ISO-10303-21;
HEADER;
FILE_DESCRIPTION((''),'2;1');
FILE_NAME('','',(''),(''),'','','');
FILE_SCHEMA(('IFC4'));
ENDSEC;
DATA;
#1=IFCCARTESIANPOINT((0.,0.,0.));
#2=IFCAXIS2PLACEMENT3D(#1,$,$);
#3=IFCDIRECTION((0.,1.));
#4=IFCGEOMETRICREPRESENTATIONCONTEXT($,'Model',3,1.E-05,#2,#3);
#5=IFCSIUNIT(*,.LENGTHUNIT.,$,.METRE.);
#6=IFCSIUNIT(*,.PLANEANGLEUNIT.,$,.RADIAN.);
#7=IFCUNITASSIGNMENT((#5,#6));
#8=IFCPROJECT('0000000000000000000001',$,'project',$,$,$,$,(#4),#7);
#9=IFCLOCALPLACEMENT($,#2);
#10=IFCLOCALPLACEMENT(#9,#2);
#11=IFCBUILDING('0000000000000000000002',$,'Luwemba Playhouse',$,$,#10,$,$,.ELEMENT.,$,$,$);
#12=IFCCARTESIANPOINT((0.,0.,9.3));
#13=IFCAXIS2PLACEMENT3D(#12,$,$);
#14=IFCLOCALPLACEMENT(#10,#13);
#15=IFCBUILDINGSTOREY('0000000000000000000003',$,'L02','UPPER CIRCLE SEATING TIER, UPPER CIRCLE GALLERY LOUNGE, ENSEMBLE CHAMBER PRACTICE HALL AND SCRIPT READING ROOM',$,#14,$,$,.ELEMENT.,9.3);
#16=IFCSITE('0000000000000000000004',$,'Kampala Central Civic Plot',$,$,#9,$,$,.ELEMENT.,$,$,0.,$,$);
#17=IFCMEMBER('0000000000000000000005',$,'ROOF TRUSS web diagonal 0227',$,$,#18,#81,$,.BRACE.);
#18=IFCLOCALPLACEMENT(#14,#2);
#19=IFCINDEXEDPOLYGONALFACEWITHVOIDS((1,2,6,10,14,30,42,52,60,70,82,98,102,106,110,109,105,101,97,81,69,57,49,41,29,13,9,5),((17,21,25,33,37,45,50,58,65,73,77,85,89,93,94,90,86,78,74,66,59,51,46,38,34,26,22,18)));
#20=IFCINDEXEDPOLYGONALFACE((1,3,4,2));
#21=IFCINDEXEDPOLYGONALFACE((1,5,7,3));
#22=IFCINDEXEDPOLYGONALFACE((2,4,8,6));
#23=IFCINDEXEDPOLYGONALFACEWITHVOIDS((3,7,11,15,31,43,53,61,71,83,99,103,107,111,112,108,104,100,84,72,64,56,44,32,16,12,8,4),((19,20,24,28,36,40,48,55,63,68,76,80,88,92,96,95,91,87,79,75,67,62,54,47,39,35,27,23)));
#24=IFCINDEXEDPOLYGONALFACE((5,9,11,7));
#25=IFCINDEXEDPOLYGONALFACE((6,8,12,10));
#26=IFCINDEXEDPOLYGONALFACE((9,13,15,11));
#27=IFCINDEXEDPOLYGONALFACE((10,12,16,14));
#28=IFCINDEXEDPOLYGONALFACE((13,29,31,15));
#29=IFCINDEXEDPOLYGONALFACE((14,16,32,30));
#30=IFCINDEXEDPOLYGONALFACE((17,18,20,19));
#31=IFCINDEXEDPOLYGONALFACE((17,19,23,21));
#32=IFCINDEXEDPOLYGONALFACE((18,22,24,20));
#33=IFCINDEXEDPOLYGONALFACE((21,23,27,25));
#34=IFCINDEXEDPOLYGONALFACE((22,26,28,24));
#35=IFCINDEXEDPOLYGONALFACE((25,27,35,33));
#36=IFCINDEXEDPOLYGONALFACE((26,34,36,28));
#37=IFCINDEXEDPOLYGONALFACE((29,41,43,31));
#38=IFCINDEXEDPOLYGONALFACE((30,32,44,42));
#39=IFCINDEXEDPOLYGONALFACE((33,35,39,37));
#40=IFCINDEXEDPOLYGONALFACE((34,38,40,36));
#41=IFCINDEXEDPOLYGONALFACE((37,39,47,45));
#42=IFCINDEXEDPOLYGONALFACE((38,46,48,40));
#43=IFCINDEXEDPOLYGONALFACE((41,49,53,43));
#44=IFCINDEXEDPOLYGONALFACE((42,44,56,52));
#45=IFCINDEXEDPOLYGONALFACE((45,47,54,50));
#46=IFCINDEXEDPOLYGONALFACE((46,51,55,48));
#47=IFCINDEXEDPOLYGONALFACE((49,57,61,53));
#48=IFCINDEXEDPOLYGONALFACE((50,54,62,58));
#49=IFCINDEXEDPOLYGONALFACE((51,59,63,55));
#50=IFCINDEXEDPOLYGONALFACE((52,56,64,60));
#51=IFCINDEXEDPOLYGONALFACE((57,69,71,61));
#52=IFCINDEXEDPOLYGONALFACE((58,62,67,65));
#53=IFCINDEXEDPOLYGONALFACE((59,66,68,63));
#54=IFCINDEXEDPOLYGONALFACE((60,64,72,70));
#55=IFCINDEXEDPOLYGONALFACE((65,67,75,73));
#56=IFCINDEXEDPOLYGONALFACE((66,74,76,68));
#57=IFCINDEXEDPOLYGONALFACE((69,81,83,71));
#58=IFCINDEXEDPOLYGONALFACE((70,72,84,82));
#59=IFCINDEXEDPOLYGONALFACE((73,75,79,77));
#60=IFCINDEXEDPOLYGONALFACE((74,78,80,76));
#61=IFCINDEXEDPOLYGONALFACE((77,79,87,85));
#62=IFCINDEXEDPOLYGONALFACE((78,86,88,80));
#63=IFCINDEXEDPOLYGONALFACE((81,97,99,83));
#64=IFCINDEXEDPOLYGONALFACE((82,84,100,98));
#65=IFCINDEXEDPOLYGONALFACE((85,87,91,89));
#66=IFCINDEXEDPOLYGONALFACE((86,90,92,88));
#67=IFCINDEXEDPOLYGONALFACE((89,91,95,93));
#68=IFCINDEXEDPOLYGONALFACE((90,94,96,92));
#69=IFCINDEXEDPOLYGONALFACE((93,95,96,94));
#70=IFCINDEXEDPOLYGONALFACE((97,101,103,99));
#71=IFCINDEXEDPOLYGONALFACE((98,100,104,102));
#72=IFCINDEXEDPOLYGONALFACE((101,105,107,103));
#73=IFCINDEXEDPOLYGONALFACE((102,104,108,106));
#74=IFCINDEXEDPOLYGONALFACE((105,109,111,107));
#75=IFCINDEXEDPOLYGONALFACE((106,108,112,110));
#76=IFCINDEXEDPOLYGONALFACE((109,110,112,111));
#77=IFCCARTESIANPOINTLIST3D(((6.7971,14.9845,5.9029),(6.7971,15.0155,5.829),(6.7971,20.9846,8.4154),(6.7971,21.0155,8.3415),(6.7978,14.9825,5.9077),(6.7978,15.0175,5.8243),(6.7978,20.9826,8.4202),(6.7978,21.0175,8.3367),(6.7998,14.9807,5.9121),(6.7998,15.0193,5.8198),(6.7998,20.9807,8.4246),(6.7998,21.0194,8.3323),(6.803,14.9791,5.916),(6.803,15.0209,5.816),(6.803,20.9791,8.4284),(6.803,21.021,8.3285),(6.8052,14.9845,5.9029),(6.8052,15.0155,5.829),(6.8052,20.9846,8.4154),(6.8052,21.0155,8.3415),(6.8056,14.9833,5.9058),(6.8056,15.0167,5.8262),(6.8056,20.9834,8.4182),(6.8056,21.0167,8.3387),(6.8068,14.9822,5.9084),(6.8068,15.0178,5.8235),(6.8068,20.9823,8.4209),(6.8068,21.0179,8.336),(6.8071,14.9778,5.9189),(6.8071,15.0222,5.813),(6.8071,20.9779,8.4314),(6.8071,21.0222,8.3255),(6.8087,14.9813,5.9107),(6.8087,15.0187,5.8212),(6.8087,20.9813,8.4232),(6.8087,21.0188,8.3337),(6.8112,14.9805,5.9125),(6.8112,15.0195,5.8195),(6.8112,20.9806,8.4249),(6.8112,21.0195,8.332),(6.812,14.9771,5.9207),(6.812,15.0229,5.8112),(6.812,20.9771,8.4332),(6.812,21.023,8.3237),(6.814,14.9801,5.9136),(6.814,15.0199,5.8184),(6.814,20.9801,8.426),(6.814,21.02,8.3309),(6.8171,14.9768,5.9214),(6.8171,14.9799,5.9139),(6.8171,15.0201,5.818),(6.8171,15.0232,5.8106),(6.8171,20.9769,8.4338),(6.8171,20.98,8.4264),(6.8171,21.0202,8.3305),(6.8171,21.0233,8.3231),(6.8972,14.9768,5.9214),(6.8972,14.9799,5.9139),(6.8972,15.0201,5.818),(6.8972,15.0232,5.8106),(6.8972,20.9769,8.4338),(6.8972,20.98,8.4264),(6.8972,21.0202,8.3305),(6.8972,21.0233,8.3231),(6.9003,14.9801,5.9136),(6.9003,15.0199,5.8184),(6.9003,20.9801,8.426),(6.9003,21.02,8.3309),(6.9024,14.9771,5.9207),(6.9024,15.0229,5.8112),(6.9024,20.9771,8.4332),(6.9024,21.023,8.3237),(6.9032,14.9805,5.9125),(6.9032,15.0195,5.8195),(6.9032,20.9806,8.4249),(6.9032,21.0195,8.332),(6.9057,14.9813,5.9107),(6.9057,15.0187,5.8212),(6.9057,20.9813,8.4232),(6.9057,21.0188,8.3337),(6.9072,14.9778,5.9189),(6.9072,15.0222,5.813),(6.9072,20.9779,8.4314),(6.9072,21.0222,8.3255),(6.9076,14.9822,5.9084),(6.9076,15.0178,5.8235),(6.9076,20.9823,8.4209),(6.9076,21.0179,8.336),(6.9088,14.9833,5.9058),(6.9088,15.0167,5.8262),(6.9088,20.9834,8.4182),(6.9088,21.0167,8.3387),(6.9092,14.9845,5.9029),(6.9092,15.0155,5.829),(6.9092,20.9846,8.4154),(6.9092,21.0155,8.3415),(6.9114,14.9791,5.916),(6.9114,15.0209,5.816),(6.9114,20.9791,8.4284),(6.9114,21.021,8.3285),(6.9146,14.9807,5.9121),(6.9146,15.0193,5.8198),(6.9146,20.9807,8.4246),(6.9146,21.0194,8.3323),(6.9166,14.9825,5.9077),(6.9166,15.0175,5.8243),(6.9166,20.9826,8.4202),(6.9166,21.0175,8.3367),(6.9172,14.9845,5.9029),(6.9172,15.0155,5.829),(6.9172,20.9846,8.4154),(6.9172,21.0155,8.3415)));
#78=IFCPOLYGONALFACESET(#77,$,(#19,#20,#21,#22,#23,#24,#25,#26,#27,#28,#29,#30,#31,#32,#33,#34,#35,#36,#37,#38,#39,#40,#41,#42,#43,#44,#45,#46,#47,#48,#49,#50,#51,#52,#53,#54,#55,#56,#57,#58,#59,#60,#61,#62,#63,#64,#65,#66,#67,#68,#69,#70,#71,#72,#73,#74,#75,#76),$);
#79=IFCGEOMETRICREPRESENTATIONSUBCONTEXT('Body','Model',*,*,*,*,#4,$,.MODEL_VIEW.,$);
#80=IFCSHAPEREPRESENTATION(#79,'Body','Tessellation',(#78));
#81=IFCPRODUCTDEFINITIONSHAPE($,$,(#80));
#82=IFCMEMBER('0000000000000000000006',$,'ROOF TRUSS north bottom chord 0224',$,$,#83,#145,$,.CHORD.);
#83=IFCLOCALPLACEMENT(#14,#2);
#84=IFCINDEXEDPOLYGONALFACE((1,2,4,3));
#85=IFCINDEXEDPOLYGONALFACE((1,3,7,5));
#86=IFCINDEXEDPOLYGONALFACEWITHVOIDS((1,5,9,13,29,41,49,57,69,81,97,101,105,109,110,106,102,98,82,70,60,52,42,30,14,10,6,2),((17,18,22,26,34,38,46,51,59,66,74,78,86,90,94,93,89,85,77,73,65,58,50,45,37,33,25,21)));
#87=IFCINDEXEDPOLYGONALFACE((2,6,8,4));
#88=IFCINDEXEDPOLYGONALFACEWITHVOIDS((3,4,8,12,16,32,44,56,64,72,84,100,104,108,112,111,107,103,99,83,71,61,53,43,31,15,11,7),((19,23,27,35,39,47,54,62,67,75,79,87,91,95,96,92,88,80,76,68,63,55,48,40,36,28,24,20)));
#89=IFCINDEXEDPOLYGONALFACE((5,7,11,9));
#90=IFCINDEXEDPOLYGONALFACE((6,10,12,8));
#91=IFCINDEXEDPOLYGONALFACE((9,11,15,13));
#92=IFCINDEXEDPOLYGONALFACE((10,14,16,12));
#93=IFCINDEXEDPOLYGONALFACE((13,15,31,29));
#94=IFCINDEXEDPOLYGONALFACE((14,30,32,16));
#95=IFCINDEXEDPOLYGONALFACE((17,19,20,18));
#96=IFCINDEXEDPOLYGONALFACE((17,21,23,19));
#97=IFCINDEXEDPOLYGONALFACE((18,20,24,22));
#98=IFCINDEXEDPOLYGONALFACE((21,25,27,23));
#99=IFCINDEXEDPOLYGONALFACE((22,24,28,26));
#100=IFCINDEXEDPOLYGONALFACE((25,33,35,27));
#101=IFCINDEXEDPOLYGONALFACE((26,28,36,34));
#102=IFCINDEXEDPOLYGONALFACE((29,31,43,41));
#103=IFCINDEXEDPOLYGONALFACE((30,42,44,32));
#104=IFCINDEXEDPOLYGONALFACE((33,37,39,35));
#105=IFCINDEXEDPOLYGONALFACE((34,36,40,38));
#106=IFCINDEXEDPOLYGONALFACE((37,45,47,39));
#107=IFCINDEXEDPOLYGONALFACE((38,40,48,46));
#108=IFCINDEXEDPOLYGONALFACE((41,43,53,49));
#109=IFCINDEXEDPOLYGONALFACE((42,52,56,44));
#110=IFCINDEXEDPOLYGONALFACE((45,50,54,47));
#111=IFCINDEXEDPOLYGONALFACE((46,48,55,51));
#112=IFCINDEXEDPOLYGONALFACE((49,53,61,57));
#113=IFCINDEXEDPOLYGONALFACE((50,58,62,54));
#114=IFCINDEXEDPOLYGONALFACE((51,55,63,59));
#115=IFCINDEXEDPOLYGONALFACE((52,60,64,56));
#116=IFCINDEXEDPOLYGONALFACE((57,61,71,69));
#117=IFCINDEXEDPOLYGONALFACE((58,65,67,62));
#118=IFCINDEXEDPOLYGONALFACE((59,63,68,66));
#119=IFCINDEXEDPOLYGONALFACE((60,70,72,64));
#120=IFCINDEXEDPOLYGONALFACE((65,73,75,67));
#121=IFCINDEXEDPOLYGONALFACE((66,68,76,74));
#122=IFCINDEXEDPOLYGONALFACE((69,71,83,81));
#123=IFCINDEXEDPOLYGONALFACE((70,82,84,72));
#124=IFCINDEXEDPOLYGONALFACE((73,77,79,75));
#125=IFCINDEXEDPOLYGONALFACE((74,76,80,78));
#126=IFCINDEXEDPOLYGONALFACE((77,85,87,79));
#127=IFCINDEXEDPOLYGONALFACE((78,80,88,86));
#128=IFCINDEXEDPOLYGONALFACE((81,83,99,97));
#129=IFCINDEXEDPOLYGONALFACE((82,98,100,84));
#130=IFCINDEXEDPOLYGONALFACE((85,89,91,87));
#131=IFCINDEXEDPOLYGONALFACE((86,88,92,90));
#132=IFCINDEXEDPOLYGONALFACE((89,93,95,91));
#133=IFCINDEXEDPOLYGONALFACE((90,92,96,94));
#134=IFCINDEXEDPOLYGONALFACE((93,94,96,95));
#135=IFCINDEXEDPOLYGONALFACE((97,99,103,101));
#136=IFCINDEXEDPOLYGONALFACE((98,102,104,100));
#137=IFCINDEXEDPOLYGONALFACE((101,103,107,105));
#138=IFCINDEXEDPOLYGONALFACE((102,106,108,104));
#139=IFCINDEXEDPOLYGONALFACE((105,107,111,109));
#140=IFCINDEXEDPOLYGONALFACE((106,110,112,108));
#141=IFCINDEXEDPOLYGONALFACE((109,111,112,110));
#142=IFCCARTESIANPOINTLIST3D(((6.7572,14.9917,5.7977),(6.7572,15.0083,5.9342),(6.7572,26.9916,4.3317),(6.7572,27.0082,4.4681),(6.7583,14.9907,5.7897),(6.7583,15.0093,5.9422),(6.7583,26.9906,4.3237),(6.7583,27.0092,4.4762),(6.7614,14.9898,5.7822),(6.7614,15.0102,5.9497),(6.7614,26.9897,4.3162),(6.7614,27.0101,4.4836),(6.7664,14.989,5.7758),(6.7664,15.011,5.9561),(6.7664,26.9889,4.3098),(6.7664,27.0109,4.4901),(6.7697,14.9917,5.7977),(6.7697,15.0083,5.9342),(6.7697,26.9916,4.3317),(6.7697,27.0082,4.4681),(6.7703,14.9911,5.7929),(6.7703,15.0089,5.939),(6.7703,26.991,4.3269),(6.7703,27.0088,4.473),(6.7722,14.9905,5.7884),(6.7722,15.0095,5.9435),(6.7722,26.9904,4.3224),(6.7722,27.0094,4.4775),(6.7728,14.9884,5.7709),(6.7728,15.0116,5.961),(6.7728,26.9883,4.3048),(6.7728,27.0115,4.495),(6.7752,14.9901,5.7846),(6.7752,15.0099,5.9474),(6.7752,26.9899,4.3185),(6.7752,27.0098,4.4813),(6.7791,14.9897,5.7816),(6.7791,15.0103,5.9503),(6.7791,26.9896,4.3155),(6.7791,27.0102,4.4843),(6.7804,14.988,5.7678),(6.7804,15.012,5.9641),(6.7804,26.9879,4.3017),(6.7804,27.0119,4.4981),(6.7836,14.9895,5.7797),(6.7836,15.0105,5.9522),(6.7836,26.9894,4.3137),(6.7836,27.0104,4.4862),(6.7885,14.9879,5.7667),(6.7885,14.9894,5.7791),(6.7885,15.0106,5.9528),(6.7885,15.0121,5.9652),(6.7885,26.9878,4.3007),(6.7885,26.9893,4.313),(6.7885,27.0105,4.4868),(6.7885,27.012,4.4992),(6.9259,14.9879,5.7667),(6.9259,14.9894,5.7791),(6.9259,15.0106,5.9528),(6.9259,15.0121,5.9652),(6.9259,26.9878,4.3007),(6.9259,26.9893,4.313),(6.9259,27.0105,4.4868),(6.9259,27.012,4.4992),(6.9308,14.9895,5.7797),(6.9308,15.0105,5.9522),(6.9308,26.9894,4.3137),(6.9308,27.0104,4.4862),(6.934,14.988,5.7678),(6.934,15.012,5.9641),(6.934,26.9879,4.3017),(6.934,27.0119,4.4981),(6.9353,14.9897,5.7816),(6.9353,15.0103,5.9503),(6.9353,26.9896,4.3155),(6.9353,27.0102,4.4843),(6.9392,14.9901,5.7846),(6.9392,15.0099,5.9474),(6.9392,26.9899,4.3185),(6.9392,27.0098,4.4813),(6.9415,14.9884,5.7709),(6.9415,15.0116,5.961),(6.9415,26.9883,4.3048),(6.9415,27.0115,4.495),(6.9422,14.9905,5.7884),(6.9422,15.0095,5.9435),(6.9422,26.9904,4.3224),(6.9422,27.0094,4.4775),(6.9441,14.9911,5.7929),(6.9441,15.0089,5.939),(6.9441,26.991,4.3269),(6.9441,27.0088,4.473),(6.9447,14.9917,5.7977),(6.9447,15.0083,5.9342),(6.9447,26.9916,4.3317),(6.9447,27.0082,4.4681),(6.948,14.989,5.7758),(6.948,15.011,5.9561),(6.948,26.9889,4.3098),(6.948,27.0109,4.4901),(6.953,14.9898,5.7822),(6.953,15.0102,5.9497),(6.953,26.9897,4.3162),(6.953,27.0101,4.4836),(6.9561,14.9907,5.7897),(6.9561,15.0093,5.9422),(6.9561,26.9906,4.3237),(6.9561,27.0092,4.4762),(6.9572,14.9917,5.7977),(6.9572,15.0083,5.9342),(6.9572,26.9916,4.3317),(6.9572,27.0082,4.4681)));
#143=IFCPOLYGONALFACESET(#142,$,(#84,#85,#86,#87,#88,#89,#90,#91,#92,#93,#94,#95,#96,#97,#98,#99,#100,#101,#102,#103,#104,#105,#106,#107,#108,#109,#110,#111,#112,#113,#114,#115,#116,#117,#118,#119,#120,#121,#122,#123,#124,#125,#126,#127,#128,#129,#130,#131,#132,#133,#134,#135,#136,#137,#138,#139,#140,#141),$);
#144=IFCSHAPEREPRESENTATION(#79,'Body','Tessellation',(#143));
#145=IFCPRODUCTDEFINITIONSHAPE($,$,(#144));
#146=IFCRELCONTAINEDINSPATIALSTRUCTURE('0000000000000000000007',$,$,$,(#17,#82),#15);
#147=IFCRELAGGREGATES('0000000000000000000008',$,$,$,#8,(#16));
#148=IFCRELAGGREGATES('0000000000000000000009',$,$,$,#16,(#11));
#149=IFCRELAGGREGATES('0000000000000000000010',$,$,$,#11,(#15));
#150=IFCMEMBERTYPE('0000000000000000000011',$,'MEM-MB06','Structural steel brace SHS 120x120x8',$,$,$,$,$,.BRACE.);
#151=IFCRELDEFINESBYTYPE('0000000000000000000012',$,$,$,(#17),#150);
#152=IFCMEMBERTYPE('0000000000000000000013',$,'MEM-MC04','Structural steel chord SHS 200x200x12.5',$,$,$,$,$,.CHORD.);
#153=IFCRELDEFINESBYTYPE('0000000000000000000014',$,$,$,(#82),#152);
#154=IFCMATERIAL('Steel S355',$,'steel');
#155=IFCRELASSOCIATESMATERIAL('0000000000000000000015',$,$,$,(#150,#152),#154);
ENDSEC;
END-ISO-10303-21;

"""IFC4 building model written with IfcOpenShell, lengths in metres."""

from ifc_helpers import new_model, si_unit, direction, frame, origin, origin_2d, place, context, subcontext, project, spatial, hollow_rectangle, extrude, material, material_profile, profile_set, type_object, element, save


model = new_model("IFC4")

# Units and contexts
model_context = context("Model", 3, precision=1e-05, world=origin(), true_north=direction((0.0, 1.0)))
body_context = subcontext(model_context, "Body", "Model", "MODEL_VIEW")
ifc_project = project(units=[si_unit("LENGTHUNIT", "METRE"), si_unit("PLANEANGLEUNIT", "RADIAN")], contexts=[model_context])

# Site, building, storey
site_placement = place(None, origin())
site = spatial("IfcSite", under=ifc_project, at=site_placement, Name="Kampala Central Civic Plot", CompositionType="ELEMENT", RefElevation=0.0)
building_placement = place(site_placement, origin())
building = spatial("IfcBuilding", under=site, at=building_placement, Name="Luwemba Playhouse", CompositionType="ELEMENT")
storey_placement = place(building_placement, frame((0.0, 0.0, 9.3)))
storey = spatial("IfcBuildingStorey", under=building, at=storey_placement, Name="L02", Description="UPPER CIRCLE SEATING TIER, UPPER CIRCLE GALLERY LOUNGE, ENSEMBLE CHAMBER PRACTICE HALL AND SCRIPT READING ROOM", CompositionType="ELEMENT", Elevation=9.3)

# Shared definitions
ifc_material_1 = material(Name="Steel S355", Category="steel")

# Members
ifc_material_profile_1 = material_profile(ifc_material_1, hollow_rectangle(XDim=0.1201, YDim=0.1201, WallThickness=0.0081, InnerFilletRadius=0.012, OuterFilletRadius=0.02, at=origin_2d()))
ifc_profile_set_1 = profile_set([ifc_material_profile_1], Name="Steel S355")
member_type_1 = type_object("IfcMemberType", Name="MEM-MB06", Description="Structural steel brace SHS 120x120x8", PredefinedType="BRACE", material=ifc_profile_set_1)
for number, where, z_axis, x_axis, name in (
    (1, (6.8572, 15.0, 5.866), (0.0, 0.922396, 0.386246), (-1.0, 0.0, 0.0), "ROOF TRUSS web diagonal 0227"),
):
    element("IfcMember", number, at=place(storey_placement, frame(where, z_axis=z_axis, x_axis=x_axis)), inside=storey, type_object=member_type_1, Name=name, PredefinedType="BRACE", context=body_context, shape_type="SweptSolid", body=[
        extrude(hollow_rectangle(XDim=0.1201, YDim=0.1201, WallThickness=0.0081, InnerFilletRadius=0.012, OuterFilletRadius=0.02, at=origin_2d()), origin(), (0.0, 0.0, 1.0), 6.5049),
    ])
ifc_material_profile_2 = material_profile(ifc_material_1, hollow_rectangle(XDim=0.2, YDim=0.2, WallThickness=0.0125, InnerFilletRadius=0.0188, OuterFilletRadius=0.0312, at=origin_2d()))
ifc_profile_set_2 = profile_set([ifc_material_profile_2], Name="Steel S355")
member_type_2 = type_object("IfcMemberType", Name="MEM-MC04", Description="Structural steel chord SHS 200x200x12.5", PredefinedType="CHORD", material=ifc_profile_set_2)
member_1_placement = place(storey_placement, frame((6.8572, 15.0, 5.866), z_axis=(0.0, 0.99262, -0.12127), x_axis=(-1.0, 0.0, 0.0)))
element("IfcMember", 2, at=member_1_placement, inside=storey, type_object=member_type_2, Name="ROOF TRUSS north bottom chord 0224", PredefinedType="CHORD", context=body_context, shape_type="SweptSolid", body=[
    extrude(hollow_rectangle(XDim=0.2, YDim=0.2, WallThickness=0.0125, InnerFilletRadius=0.0188, OuterFilletRadius=0.0312, at=origin_2d()), origin(), (0.0, 0.0, 1.0), 12.0891),
])

save(model, "model.ifc")
